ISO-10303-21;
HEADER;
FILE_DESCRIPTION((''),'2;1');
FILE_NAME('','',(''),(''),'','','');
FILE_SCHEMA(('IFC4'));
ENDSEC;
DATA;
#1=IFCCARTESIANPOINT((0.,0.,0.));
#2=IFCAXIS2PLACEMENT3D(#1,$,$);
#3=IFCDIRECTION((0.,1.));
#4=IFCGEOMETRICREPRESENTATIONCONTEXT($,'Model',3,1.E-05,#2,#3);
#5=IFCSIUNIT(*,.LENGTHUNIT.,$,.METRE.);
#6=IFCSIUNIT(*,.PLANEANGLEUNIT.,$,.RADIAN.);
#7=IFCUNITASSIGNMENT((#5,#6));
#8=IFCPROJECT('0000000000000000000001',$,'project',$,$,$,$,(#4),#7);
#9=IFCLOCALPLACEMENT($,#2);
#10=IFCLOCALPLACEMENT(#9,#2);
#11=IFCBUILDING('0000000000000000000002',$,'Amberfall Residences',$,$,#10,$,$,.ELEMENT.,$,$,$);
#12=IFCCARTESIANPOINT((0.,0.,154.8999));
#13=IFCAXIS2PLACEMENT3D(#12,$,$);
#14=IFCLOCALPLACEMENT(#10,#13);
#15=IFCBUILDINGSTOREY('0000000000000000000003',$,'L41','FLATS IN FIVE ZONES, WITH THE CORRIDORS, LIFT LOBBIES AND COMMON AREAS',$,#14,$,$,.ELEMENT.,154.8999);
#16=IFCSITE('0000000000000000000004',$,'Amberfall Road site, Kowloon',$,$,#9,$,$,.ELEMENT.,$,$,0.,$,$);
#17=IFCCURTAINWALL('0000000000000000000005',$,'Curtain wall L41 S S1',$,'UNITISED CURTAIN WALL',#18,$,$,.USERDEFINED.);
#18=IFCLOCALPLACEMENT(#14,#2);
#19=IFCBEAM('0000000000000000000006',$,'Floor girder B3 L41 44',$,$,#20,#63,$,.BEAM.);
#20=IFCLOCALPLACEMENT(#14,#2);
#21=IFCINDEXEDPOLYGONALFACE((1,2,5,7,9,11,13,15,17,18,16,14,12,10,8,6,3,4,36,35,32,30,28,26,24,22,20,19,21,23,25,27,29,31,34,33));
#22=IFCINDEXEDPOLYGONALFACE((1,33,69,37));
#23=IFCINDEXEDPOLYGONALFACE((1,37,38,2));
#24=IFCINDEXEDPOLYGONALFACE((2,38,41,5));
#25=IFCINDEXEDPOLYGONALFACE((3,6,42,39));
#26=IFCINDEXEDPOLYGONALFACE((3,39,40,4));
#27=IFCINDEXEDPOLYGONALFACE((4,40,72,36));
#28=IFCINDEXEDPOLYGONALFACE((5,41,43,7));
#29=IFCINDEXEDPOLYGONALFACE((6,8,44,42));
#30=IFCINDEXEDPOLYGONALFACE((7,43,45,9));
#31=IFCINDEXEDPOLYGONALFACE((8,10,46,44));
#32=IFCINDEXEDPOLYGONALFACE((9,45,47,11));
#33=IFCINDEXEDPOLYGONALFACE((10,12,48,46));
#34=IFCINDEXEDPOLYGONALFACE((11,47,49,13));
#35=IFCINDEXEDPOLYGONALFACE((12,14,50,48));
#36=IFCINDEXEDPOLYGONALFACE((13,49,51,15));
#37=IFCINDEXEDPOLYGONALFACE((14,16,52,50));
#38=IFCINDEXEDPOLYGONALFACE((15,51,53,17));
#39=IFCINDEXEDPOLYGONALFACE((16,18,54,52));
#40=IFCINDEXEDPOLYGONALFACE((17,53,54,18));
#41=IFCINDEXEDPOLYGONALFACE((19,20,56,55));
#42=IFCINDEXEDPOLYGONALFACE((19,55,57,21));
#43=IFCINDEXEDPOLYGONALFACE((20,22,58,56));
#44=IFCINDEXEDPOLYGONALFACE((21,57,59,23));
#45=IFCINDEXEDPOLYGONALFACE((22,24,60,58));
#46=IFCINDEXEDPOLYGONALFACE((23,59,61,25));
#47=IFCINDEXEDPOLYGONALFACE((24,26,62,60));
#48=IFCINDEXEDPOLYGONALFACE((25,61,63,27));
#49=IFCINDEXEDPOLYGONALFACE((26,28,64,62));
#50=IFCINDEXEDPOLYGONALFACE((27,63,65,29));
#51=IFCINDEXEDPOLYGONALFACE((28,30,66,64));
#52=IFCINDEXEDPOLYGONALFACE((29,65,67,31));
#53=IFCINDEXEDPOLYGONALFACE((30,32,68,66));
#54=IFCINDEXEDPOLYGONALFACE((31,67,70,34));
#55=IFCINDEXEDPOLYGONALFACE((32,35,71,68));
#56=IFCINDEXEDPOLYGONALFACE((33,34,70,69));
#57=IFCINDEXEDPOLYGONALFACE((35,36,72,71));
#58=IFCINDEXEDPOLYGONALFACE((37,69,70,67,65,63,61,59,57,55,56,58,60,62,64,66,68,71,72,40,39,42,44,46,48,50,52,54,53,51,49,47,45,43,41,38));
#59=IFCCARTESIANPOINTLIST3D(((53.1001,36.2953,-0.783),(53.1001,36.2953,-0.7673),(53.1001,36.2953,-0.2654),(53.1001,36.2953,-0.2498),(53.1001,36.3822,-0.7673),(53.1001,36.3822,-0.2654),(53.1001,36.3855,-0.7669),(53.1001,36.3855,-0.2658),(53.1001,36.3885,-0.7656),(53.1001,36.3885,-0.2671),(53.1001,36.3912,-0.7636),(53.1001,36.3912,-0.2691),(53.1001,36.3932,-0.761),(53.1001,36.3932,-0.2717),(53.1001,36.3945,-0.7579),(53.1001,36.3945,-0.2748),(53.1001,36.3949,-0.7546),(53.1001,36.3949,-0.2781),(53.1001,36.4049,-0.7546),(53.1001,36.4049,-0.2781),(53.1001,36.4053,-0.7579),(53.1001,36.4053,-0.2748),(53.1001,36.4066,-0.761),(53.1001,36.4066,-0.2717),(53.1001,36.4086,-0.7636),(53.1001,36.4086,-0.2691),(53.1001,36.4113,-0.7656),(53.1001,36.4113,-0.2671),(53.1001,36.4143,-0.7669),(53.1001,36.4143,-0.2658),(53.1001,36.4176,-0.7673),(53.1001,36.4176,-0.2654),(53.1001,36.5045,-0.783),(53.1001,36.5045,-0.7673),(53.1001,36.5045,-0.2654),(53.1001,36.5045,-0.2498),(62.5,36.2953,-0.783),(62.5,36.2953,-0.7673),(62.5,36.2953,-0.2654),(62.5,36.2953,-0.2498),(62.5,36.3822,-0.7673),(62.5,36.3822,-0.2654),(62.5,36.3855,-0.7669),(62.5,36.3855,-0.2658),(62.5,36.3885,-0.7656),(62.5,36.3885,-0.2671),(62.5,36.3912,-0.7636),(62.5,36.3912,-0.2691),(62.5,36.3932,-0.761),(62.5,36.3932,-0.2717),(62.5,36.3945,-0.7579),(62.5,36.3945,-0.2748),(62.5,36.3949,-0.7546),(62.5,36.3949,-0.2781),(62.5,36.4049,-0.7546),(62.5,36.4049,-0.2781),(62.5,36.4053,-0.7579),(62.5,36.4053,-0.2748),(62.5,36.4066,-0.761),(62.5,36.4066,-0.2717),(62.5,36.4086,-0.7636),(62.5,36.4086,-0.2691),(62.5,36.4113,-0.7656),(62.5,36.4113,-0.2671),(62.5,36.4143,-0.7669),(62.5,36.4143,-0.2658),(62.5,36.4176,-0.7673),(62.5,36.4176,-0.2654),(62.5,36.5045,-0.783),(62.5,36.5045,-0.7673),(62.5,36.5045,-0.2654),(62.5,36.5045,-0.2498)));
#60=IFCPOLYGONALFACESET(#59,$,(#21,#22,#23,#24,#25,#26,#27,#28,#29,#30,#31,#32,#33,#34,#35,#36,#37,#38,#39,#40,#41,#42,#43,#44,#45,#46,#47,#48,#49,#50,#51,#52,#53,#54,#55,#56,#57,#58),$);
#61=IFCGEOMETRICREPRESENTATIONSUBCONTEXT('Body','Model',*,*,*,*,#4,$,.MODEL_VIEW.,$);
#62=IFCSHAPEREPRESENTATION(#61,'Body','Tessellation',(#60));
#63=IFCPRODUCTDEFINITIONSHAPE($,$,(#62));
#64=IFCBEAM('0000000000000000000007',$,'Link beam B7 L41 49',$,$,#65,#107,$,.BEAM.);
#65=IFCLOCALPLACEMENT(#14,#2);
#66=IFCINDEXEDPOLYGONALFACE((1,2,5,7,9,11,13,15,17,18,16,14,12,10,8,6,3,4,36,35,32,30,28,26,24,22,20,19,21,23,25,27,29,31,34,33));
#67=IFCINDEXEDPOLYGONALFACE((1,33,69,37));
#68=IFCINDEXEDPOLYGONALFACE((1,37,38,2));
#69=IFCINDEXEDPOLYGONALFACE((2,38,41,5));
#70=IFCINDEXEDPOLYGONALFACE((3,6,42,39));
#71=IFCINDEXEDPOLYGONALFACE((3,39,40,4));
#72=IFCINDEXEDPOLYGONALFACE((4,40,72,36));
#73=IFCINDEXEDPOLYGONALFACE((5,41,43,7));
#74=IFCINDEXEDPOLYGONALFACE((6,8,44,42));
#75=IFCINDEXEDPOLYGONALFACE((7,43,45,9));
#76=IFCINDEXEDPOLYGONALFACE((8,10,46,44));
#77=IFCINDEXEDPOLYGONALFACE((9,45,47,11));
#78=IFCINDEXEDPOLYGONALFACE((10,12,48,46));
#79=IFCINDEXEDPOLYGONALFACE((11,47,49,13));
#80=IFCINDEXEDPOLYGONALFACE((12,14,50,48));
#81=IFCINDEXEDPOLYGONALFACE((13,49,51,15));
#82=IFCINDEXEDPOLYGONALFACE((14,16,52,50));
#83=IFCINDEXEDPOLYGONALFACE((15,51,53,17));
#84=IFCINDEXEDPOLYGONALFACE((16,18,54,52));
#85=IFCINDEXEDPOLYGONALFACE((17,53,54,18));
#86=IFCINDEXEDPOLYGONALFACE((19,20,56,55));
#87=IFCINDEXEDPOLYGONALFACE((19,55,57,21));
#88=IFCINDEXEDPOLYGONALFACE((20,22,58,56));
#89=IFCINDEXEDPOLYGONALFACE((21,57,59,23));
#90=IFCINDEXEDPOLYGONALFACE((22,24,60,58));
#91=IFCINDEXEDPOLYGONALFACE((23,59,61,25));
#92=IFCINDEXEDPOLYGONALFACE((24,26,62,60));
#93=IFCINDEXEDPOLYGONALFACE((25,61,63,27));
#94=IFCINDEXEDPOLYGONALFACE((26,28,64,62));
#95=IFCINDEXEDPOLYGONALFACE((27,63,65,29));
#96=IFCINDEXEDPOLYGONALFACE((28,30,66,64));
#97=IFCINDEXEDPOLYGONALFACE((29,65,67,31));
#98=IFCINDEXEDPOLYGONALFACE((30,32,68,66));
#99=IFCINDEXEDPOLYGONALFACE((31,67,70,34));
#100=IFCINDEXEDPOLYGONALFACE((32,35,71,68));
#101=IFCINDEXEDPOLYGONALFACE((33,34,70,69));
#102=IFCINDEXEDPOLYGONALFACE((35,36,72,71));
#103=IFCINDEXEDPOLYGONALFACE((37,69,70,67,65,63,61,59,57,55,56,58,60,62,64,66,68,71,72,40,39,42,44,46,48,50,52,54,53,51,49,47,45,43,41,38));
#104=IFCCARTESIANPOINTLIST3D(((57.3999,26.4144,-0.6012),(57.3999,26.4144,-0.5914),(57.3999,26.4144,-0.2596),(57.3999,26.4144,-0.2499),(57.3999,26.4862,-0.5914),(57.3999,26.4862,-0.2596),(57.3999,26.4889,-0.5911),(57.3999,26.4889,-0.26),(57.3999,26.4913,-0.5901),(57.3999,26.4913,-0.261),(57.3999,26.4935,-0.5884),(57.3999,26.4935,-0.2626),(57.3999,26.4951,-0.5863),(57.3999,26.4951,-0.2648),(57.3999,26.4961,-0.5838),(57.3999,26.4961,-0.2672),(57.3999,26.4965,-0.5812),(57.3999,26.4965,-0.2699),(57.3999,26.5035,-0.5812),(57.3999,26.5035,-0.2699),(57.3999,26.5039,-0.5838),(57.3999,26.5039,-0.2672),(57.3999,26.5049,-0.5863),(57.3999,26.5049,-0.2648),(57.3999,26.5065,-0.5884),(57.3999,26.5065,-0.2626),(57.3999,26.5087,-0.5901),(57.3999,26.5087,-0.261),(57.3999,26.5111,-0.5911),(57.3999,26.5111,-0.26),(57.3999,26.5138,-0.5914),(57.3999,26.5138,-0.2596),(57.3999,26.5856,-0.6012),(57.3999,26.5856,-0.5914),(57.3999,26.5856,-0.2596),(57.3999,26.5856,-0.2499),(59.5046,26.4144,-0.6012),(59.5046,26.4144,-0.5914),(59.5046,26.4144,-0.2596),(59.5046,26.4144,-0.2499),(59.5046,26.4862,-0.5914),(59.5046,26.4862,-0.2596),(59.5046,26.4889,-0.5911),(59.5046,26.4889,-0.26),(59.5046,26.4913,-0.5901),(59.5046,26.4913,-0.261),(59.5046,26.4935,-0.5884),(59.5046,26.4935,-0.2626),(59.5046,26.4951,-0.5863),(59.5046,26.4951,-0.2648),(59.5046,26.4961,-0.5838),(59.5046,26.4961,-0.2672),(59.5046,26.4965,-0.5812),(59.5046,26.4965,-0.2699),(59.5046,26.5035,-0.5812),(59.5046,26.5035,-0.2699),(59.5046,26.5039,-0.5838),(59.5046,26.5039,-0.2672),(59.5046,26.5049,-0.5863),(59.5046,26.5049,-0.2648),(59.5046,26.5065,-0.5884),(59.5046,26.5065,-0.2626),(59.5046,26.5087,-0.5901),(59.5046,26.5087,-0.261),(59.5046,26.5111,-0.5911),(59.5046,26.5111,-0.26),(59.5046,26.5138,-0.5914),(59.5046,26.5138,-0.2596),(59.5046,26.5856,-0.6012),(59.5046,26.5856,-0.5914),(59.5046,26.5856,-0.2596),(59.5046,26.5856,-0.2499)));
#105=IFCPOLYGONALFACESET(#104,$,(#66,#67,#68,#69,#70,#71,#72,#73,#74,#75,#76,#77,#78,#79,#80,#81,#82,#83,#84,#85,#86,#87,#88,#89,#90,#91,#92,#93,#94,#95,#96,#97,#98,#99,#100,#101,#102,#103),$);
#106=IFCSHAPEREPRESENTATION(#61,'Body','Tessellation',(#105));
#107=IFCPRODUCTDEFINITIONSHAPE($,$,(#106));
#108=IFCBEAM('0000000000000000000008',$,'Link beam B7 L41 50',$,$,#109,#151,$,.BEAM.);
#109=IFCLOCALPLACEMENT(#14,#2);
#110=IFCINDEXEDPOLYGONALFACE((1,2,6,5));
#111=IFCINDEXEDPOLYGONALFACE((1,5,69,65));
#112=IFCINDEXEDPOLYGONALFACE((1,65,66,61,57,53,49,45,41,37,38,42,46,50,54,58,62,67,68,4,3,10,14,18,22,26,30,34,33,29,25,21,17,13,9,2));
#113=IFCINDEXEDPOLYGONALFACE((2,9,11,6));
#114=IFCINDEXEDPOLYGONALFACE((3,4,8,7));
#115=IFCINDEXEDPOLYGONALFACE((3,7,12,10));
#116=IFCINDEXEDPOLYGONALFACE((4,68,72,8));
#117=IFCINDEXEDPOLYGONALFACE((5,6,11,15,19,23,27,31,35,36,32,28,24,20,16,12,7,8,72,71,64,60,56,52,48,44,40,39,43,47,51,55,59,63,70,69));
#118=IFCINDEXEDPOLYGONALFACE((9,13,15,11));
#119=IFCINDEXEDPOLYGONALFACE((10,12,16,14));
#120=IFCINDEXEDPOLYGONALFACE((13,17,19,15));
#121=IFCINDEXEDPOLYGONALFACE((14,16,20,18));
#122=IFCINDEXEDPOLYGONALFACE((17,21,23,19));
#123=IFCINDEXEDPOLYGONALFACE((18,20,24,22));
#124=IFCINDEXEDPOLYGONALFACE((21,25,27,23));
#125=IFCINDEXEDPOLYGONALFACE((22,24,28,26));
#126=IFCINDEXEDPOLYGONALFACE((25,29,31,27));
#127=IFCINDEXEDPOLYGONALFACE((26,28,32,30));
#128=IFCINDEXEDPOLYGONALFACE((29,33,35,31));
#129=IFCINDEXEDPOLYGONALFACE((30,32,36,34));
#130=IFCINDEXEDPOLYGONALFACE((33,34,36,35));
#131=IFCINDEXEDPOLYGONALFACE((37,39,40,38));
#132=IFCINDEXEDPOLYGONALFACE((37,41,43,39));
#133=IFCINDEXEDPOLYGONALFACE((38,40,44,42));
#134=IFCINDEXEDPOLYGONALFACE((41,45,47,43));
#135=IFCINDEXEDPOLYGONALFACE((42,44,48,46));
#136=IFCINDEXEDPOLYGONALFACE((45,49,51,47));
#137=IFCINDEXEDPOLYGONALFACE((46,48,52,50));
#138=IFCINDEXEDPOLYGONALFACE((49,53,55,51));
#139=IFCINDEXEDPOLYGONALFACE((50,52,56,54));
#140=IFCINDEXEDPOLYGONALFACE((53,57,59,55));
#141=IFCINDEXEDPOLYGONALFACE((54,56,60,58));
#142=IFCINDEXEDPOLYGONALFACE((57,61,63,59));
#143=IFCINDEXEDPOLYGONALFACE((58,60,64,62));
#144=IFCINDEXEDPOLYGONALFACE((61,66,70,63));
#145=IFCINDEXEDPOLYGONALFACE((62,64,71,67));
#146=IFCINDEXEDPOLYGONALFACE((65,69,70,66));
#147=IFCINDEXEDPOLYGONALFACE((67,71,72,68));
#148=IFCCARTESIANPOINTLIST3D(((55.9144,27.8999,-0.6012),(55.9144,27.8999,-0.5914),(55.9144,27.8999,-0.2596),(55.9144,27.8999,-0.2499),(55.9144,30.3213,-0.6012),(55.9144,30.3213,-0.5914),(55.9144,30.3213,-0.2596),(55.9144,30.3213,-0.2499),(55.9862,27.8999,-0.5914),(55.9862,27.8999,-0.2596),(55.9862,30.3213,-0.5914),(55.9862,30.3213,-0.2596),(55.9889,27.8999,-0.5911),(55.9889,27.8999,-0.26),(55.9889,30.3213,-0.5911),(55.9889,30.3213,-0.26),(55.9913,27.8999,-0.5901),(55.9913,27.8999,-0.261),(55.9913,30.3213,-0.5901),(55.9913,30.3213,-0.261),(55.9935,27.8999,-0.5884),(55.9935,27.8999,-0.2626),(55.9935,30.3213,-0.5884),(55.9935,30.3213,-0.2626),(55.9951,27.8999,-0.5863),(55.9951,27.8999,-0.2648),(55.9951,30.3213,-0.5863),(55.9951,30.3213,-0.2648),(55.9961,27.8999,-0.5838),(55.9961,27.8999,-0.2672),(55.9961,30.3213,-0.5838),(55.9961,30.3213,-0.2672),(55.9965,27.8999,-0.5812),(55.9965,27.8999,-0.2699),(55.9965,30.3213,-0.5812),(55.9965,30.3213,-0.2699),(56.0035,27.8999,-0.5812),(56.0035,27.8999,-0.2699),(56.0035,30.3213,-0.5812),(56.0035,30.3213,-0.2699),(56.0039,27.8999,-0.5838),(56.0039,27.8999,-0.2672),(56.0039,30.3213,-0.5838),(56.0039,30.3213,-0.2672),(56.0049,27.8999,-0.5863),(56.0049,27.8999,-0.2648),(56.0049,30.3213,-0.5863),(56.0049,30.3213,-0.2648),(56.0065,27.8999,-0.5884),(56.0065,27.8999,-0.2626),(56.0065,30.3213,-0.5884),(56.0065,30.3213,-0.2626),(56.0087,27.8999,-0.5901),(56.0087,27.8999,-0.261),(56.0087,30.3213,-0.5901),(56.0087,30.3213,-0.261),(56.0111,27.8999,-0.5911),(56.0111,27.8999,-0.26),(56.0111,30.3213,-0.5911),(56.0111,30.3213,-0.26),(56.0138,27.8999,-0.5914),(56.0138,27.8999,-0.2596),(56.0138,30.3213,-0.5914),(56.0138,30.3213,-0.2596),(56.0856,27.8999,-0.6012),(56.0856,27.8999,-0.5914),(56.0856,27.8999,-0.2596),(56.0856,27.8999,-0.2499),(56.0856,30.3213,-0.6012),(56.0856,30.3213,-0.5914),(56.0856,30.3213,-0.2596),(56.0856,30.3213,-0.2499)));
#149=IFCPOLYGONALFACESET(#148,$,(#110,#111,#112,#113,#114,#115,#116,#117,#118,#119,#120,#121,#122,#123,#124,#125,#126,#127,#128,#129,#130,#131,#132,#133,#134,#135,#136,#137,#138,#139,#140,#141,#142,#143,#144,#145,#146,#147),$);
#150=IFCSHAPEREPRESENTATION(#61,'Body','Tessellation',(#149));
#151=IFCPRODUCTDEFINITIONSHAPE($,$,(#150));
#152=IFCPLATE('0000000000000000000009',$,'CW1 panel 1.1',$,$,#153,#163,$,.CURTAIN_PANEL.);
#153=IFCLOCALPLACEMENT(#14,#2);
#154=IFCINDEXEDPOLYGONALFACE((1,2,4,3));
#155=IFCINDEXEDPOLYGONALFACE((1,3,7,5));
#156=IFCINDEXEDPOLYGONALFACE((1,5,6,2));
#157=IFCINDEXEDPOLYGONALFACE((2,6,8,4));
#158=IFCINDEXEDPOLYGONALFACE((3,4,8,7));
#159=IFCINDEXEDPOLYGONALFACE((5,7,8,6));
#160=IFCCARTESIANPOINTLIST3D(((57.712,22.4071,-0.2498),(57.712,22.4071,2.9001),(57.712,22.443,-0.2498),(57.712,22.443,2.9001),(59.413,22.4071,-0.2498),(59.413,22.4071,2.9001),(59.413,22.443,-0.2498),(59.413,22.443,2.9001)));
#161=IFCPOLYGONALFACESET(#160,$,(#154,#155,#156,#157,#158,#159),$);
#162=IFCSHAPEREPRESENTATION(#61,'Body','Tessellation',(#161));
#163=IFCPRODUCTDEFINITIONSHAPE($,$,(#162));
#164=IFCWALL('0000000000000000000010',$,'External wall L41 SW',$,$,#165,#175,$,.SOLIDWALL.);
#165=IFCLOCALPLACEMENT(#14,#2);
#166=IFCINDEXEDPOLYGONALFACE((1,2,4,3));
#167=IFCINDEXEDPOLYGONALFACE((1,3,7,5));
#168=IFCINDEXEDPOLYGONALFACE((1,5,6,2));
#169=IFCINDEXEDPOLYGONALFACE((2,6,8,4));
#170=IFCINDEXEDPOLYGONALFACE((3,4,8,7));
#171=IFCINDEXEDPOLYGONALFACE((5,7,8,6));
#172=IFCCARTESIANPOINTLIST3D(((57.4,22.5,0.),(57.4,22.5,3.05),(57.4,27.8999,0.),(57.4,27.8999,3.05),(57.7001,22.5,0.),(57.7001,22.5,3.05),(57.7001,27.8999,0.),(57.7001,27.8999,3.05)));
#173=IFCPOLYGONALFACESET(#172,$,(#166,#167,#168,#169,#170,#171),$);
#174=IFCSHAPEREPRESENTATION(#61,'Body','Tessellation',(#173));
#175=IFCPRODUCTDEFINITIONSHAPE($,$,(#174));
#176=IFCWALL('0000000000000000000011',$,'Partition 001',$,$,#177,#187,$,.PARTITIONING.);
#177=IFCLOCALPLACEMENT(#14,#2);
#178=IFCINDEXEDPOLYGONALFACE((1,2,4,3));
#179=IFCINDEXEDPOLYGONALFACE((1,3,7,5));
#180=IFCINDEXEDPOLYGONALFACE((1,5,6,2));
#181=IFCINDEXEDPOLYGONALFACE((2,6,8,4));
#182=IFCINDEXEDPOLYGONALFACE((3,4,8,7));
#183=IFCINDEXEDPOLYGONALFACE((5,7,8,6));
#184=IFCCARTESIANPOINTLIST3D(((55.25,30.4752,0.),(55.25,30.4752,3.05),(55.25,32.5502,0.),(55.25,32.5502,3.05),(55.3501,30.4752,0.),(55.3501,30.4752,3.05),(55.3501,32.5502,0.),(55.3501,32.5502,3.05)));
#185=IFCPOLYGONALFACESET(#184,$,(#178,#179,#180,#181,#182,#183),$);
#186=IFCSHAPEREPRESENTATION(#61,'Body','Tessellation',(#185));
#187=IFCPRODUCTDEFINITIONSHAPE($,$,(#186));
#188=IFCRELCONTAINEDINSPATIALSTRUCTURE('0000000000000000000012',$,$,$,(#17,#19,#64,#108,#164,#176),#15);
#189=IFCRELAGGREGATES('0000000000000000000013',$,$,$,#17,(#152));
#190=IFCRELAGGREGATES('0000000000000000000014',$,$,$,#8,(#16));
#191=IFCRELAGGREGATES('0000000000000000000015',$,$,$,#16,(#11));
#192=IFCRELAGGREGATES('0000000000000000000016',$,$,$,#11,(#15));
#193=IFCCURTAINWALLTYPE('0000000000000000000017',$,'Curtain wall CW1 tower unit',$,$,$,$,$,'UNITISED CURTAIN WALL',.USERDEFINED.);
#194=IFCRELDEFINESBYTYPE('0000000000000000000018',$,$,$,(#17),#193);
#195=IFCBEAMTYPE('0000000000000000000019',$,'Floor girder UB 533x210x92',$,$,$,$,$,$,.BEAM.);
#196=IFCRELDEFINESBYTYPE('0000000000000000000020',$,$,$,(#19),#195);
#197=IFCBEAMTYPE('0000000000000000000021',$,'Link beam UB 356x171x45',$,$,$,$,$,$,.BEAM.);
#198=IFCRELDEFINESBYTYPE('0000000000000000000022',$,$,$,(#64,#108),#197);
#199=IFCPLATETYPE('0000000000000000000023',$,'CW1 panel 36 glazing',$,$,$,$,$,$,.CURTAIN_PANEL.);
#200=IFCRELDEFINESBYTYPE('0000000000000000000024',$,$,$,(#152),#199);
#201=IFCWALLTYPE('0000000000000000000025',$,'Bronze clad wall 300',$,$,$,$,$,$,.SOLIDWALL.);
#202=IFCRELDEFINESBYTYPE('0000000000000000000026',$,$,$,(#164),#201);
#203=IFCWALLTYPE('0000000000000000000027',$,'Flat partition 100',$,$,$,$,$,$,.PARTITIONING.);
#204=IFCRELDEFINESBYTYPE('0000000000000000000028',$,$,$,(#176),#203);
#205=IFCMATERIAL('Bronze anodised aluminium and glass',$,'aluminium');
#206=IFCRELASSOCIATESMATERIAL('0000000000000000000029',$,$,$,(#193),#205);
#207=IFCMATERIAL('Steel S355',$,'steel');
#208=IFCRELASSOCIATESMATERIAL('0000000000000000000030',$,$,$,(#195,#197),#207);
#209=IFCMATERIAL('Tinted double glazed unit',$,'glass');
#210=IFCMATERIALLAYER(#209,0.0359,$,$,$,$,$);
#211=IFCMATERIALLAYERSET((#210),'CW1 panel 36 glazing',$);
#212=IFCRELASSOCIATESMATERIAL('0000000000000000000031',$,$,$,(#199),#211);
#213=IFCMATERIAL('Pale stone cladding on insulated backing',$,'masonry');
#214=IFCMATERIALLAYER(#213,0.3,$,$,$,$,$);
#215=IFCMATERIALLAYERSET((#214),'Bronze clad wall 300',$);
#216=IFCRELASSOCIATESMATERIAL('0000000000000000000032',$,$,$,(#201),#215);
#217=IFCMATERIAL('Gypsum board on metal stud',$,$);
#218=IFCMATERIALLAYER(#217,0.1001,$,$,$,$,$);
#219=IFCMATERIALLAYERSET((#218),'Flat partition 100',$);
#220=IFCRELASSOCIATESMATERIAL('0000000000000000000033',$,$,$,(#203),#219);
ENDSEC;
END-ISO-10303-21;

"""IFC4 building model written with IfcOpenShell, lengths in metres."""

from ifc_helpers import new_model, si_unit, direction, frame, frame_2d, origin, origin_2d, place, context, subcontext, project, spatial, rectangle, i_section, extrude, material, layer, layer_set, material_profile, profile_set, type_object, element, aggregate, save


model = new_model("IFC4")

# Units and contexts
model_context = context("Model", 3, precision=1e-05, world=origin(), true_north=direction((0.0, 1.0)))
body_context = subcontext(model_context, "Body", "Model", "MODEL_VIEW")
ifc_project = project(units=[si_unit("LENGTHUNIT", "METRE"), si_unit("PLANEANGLEUNIT", "RADIAN")], contexts=[model_context])

# Site, building, storey
site_placement = place(None, origin())
site = spatial("IfcSite", under=ifc_project, at=site_placement, Name="Amberfall Road site, Kowloon", CompositionType="ELEMENT", RefElevation=0.0)
building_placement = place(site_placement, origin())
building = spatial("IfcBuilding", under=site, at=building_placement, Name="Amberfall Residences", CompositionType="ELEMENT")
storey_placement = place(building_placement, frame((0.0, 0.0, 154.8999)))
storey = spatial("IfcBuildingStorey", under=building, at=storey_placement, Name="L41", Description="FLATS IN FIVE ZONES, WITH THE CORRIDORS, LIFT LOBBIES AND COMMON AREAS", CompositionType="ELEMENT", Elevation=154.8999)

# Curtain wall
ifc_material_1 = material(Name="Bronze anodised aluminium and glass", Category="aluminium")
curtain_wall_type = type_object("IfcCurtainWallType", Name="Curtain wall CW1 tower unit", ElementType="UNITISED CURTAIN WALL", PredefinedType="USERDEFINED", material=ifc_material_1)
curtain_wall_placement = place(storey_placement, origin())
curtain_wall = element("IfcCurtainWall", 1, at=curtain_wall_placement, inside=storey, type_object=curtain_wall_type, Name="Curtain wall L41 S S1", ObjectType="UNITISED CURTAIN WALL", PredefinedType="USERDEFINED")

# Beams
ifc_material_2 = material(Name="Steel S355", Category="steel")
ifc_material_profile_1 = material_profile(ifc_material_2, i_section(OverallWidth=0.2092, OverallDepth=0.5332, WebThickness=0.01, FlangeThickness=0.0156, FilletRadius=0.0127, at=origin_2d()), Name="UB 533x210x92")
ifc_profile_set_1 = profile_set([ifc_material_profile_1], Name="Steel S355")
beam_type_1 = type_object("IfcBeamType", Name="Floor girder UB 533x210x92", PredefinedType="BEAM", material=ifc_profile_set_1)
beam_1_placement = place(storey_placement, frame((53.1001, 36.3999, -0.5164), z_axis=(1.0, 0.0, 0.0), x_axis=(0.0, 1.0, 0.0)))
element("IfcBeam", 2, at=beam_1_placement, inside=storey, type_object=beam_type_1, Name="Floor girder B3 L41 44", PredefinedType="BEAM", context=body_context, shape_type="SweptSolid", body=[
    extrude(i_section(OverallWidth=0.2092, OverallDepth=0.5332, WebThickness=0.01, FlangeThickness=0.0156, FilletRadius=0.0127, at=origin_2d()), origin(), (0.0, 0.0, 1.0), 9.3999),
])
ifc_material_profile_2 = material_profile(ifc_material_2, i_section(OverallWidth=0.1711, OverallDepth=0.3513, WebThickness=0.0071, FlangeThickness=0.0098, FilletRadius=0.0103, at=origin_2d()), Name="UB 356x171x45")
ifc_profile_set_2 = profile_set([ifc_material_profile_2], Name="Steel S355")
beam_type_2 = type_object("IfcBeamType", Name="Link beam UB 356x171x45", PredefinedType="BEAM", material=ifc_profile_set_2)
beam_2_placement = place(storey_placement, frame((57.3999, 26.5, -0.4255), z_axis=(1.0, 0.0, 0.0), x_axis=(0.0, 1.0, 0.0)))
element("IfcBeam", 3, at=beam_2_placement, inside=storey, type_object=beam_type_2, Name="Link beam B7 L41 49", PredefinedType="BEAM", context=body_context, shape_type="SweptSolid", body=[
    extrude(i_section(OverallWidth=0.1711, OverallDepth=0.3513, WebThickness=0.0071, FlangeThickness=0.0098, FilletRadius=0.0103, at=origin_2d()), origin(), (0.0, 0.0, 1.0), 2.1047),
])
beam_3_placement = place(storey_placement, frame((56.0, 27.8999, -0.4255), z_axis=(0.0, 1.0, 0.0), x_axis=(-1.0, 0.0, 0.0)))
element("IfcBeam", 4, at=beam_3_placement, inside=storey, type_object=beam_type_2, Name="Link beam B7 L41 50", PredefinedType="BEAM", context=body_context, shape_type="SweptSolid", body=[
    extrude(i_section(OverallWidth=0.1711, OverallDepth=0.3513, WebThickness=0.0071, FlangeThickness=0.0098, FilletRadius=0.0103, at=origin_2d()), origin(), (0.0, 0.0, 1.0), 2.4214),
])

# Plate
ifc_material_3 = material(Name="Tinted double glazed unit", Category="glass")
ifc_layer_1 = layer(ifc_material_3, 0.0359)
ifc_layer_set_1 = layer_set([ifc_layer_1], Name="CW1 panel 36 glazing")
plate_type = type_object("IfcPlateType", Name="CW1 panel 36 glazing", PredefinedType="CURTAIN_PANEL", material=ifc_layer_set_1)
plate_placement = place(storey_placement, frame((58.5625, 22.425, -0.2498), z_axis=(0.0, 0.0, 1.0), x_axis=(1.0, 0.0, 0.0)))
plate = element("IfcPlate", 5, at=plate_placement, type_object=plate_type, Name="CW1 panel 1.1", PredefinedType="CURTAIN_PANEL", context=body_context, shape_type="SweptSolid", body=[
    extrude(rectangle(XDim=1.7009, YDim=0.0359, at=origin_2d()), origin(), (0.0, 0.0, 1.0), 3.1499),
])
aggregate(curtain_wall, [plate])

# Walls
ifc_material_4 = material(Name="Pale stone cladding on insulated backing", Category="masonry")
ifc_layer_2 = layer(ifc_material_4, 0.3)
ifc_layer_set_2 = layer_set([ifc_layer_2], Name="Bronze clad wall 300")
wall_type_1 = type_object("IfcWallType", Name="Bronze clad wall 300", PredefinedType="SOLIDWALL", material=ifc_layer_set_2)
wall_1_placement = place(storey_placement, frame((57.55, 27.8999, 0.0), z_axis=(0.0, 0.0, 1.0), x_axis=(0.0, -1.0, 0.0)))
element("IfcWall", 6, at=wall_1_placement, inside=storey, type_object=wall_type_1, Name="External wall L41 SW", PredefinedType="SOLIDWALL", context=body_context, shape_type="SweptSolid", body=[
    extrude(rectangle(XDim=5.3999, YDim=0.3, at=frame_2d((2.7, 0.0))), origin(), (0.0, 0.0, 1.0), 3.05),
])
ifc_material_5 = material(Name="Gypsum board on metal stud")
ifc_layer_3 = layer(ifc_material_5, 0.1001)
ifc_layer_set_3 = layer_set([ifc_layer_3], Name="Flat partition 100")
wall_type_2 = type_object("IfcWallType", Name="Flat partition 100", PredefinedType="PARTITIONING", material=ifc_layer_set_3)
wall_2_placement = place(storey_placement, frame((55.3, 30.4751, 0.0), z_axis=(0.0, 0.0, 1.0), x_axis=(0.0, 1.0, 0.0)))
element("IfcWall", 7, at=wall_2_placement, inside=storey, type_object=wall_type_2, Name="Partition 001", PredefinedType="PARTITIONING", context=body_context, shape_type="SweptSolid", body=[
    extrude(rectangle(XDim=2.075, YDim=0.1001, at=frame_2d((1.0376, 0.0))), origin(), (0.0, 0.0, 1.0), 3.05),
])

save(model, "model.ifc")
